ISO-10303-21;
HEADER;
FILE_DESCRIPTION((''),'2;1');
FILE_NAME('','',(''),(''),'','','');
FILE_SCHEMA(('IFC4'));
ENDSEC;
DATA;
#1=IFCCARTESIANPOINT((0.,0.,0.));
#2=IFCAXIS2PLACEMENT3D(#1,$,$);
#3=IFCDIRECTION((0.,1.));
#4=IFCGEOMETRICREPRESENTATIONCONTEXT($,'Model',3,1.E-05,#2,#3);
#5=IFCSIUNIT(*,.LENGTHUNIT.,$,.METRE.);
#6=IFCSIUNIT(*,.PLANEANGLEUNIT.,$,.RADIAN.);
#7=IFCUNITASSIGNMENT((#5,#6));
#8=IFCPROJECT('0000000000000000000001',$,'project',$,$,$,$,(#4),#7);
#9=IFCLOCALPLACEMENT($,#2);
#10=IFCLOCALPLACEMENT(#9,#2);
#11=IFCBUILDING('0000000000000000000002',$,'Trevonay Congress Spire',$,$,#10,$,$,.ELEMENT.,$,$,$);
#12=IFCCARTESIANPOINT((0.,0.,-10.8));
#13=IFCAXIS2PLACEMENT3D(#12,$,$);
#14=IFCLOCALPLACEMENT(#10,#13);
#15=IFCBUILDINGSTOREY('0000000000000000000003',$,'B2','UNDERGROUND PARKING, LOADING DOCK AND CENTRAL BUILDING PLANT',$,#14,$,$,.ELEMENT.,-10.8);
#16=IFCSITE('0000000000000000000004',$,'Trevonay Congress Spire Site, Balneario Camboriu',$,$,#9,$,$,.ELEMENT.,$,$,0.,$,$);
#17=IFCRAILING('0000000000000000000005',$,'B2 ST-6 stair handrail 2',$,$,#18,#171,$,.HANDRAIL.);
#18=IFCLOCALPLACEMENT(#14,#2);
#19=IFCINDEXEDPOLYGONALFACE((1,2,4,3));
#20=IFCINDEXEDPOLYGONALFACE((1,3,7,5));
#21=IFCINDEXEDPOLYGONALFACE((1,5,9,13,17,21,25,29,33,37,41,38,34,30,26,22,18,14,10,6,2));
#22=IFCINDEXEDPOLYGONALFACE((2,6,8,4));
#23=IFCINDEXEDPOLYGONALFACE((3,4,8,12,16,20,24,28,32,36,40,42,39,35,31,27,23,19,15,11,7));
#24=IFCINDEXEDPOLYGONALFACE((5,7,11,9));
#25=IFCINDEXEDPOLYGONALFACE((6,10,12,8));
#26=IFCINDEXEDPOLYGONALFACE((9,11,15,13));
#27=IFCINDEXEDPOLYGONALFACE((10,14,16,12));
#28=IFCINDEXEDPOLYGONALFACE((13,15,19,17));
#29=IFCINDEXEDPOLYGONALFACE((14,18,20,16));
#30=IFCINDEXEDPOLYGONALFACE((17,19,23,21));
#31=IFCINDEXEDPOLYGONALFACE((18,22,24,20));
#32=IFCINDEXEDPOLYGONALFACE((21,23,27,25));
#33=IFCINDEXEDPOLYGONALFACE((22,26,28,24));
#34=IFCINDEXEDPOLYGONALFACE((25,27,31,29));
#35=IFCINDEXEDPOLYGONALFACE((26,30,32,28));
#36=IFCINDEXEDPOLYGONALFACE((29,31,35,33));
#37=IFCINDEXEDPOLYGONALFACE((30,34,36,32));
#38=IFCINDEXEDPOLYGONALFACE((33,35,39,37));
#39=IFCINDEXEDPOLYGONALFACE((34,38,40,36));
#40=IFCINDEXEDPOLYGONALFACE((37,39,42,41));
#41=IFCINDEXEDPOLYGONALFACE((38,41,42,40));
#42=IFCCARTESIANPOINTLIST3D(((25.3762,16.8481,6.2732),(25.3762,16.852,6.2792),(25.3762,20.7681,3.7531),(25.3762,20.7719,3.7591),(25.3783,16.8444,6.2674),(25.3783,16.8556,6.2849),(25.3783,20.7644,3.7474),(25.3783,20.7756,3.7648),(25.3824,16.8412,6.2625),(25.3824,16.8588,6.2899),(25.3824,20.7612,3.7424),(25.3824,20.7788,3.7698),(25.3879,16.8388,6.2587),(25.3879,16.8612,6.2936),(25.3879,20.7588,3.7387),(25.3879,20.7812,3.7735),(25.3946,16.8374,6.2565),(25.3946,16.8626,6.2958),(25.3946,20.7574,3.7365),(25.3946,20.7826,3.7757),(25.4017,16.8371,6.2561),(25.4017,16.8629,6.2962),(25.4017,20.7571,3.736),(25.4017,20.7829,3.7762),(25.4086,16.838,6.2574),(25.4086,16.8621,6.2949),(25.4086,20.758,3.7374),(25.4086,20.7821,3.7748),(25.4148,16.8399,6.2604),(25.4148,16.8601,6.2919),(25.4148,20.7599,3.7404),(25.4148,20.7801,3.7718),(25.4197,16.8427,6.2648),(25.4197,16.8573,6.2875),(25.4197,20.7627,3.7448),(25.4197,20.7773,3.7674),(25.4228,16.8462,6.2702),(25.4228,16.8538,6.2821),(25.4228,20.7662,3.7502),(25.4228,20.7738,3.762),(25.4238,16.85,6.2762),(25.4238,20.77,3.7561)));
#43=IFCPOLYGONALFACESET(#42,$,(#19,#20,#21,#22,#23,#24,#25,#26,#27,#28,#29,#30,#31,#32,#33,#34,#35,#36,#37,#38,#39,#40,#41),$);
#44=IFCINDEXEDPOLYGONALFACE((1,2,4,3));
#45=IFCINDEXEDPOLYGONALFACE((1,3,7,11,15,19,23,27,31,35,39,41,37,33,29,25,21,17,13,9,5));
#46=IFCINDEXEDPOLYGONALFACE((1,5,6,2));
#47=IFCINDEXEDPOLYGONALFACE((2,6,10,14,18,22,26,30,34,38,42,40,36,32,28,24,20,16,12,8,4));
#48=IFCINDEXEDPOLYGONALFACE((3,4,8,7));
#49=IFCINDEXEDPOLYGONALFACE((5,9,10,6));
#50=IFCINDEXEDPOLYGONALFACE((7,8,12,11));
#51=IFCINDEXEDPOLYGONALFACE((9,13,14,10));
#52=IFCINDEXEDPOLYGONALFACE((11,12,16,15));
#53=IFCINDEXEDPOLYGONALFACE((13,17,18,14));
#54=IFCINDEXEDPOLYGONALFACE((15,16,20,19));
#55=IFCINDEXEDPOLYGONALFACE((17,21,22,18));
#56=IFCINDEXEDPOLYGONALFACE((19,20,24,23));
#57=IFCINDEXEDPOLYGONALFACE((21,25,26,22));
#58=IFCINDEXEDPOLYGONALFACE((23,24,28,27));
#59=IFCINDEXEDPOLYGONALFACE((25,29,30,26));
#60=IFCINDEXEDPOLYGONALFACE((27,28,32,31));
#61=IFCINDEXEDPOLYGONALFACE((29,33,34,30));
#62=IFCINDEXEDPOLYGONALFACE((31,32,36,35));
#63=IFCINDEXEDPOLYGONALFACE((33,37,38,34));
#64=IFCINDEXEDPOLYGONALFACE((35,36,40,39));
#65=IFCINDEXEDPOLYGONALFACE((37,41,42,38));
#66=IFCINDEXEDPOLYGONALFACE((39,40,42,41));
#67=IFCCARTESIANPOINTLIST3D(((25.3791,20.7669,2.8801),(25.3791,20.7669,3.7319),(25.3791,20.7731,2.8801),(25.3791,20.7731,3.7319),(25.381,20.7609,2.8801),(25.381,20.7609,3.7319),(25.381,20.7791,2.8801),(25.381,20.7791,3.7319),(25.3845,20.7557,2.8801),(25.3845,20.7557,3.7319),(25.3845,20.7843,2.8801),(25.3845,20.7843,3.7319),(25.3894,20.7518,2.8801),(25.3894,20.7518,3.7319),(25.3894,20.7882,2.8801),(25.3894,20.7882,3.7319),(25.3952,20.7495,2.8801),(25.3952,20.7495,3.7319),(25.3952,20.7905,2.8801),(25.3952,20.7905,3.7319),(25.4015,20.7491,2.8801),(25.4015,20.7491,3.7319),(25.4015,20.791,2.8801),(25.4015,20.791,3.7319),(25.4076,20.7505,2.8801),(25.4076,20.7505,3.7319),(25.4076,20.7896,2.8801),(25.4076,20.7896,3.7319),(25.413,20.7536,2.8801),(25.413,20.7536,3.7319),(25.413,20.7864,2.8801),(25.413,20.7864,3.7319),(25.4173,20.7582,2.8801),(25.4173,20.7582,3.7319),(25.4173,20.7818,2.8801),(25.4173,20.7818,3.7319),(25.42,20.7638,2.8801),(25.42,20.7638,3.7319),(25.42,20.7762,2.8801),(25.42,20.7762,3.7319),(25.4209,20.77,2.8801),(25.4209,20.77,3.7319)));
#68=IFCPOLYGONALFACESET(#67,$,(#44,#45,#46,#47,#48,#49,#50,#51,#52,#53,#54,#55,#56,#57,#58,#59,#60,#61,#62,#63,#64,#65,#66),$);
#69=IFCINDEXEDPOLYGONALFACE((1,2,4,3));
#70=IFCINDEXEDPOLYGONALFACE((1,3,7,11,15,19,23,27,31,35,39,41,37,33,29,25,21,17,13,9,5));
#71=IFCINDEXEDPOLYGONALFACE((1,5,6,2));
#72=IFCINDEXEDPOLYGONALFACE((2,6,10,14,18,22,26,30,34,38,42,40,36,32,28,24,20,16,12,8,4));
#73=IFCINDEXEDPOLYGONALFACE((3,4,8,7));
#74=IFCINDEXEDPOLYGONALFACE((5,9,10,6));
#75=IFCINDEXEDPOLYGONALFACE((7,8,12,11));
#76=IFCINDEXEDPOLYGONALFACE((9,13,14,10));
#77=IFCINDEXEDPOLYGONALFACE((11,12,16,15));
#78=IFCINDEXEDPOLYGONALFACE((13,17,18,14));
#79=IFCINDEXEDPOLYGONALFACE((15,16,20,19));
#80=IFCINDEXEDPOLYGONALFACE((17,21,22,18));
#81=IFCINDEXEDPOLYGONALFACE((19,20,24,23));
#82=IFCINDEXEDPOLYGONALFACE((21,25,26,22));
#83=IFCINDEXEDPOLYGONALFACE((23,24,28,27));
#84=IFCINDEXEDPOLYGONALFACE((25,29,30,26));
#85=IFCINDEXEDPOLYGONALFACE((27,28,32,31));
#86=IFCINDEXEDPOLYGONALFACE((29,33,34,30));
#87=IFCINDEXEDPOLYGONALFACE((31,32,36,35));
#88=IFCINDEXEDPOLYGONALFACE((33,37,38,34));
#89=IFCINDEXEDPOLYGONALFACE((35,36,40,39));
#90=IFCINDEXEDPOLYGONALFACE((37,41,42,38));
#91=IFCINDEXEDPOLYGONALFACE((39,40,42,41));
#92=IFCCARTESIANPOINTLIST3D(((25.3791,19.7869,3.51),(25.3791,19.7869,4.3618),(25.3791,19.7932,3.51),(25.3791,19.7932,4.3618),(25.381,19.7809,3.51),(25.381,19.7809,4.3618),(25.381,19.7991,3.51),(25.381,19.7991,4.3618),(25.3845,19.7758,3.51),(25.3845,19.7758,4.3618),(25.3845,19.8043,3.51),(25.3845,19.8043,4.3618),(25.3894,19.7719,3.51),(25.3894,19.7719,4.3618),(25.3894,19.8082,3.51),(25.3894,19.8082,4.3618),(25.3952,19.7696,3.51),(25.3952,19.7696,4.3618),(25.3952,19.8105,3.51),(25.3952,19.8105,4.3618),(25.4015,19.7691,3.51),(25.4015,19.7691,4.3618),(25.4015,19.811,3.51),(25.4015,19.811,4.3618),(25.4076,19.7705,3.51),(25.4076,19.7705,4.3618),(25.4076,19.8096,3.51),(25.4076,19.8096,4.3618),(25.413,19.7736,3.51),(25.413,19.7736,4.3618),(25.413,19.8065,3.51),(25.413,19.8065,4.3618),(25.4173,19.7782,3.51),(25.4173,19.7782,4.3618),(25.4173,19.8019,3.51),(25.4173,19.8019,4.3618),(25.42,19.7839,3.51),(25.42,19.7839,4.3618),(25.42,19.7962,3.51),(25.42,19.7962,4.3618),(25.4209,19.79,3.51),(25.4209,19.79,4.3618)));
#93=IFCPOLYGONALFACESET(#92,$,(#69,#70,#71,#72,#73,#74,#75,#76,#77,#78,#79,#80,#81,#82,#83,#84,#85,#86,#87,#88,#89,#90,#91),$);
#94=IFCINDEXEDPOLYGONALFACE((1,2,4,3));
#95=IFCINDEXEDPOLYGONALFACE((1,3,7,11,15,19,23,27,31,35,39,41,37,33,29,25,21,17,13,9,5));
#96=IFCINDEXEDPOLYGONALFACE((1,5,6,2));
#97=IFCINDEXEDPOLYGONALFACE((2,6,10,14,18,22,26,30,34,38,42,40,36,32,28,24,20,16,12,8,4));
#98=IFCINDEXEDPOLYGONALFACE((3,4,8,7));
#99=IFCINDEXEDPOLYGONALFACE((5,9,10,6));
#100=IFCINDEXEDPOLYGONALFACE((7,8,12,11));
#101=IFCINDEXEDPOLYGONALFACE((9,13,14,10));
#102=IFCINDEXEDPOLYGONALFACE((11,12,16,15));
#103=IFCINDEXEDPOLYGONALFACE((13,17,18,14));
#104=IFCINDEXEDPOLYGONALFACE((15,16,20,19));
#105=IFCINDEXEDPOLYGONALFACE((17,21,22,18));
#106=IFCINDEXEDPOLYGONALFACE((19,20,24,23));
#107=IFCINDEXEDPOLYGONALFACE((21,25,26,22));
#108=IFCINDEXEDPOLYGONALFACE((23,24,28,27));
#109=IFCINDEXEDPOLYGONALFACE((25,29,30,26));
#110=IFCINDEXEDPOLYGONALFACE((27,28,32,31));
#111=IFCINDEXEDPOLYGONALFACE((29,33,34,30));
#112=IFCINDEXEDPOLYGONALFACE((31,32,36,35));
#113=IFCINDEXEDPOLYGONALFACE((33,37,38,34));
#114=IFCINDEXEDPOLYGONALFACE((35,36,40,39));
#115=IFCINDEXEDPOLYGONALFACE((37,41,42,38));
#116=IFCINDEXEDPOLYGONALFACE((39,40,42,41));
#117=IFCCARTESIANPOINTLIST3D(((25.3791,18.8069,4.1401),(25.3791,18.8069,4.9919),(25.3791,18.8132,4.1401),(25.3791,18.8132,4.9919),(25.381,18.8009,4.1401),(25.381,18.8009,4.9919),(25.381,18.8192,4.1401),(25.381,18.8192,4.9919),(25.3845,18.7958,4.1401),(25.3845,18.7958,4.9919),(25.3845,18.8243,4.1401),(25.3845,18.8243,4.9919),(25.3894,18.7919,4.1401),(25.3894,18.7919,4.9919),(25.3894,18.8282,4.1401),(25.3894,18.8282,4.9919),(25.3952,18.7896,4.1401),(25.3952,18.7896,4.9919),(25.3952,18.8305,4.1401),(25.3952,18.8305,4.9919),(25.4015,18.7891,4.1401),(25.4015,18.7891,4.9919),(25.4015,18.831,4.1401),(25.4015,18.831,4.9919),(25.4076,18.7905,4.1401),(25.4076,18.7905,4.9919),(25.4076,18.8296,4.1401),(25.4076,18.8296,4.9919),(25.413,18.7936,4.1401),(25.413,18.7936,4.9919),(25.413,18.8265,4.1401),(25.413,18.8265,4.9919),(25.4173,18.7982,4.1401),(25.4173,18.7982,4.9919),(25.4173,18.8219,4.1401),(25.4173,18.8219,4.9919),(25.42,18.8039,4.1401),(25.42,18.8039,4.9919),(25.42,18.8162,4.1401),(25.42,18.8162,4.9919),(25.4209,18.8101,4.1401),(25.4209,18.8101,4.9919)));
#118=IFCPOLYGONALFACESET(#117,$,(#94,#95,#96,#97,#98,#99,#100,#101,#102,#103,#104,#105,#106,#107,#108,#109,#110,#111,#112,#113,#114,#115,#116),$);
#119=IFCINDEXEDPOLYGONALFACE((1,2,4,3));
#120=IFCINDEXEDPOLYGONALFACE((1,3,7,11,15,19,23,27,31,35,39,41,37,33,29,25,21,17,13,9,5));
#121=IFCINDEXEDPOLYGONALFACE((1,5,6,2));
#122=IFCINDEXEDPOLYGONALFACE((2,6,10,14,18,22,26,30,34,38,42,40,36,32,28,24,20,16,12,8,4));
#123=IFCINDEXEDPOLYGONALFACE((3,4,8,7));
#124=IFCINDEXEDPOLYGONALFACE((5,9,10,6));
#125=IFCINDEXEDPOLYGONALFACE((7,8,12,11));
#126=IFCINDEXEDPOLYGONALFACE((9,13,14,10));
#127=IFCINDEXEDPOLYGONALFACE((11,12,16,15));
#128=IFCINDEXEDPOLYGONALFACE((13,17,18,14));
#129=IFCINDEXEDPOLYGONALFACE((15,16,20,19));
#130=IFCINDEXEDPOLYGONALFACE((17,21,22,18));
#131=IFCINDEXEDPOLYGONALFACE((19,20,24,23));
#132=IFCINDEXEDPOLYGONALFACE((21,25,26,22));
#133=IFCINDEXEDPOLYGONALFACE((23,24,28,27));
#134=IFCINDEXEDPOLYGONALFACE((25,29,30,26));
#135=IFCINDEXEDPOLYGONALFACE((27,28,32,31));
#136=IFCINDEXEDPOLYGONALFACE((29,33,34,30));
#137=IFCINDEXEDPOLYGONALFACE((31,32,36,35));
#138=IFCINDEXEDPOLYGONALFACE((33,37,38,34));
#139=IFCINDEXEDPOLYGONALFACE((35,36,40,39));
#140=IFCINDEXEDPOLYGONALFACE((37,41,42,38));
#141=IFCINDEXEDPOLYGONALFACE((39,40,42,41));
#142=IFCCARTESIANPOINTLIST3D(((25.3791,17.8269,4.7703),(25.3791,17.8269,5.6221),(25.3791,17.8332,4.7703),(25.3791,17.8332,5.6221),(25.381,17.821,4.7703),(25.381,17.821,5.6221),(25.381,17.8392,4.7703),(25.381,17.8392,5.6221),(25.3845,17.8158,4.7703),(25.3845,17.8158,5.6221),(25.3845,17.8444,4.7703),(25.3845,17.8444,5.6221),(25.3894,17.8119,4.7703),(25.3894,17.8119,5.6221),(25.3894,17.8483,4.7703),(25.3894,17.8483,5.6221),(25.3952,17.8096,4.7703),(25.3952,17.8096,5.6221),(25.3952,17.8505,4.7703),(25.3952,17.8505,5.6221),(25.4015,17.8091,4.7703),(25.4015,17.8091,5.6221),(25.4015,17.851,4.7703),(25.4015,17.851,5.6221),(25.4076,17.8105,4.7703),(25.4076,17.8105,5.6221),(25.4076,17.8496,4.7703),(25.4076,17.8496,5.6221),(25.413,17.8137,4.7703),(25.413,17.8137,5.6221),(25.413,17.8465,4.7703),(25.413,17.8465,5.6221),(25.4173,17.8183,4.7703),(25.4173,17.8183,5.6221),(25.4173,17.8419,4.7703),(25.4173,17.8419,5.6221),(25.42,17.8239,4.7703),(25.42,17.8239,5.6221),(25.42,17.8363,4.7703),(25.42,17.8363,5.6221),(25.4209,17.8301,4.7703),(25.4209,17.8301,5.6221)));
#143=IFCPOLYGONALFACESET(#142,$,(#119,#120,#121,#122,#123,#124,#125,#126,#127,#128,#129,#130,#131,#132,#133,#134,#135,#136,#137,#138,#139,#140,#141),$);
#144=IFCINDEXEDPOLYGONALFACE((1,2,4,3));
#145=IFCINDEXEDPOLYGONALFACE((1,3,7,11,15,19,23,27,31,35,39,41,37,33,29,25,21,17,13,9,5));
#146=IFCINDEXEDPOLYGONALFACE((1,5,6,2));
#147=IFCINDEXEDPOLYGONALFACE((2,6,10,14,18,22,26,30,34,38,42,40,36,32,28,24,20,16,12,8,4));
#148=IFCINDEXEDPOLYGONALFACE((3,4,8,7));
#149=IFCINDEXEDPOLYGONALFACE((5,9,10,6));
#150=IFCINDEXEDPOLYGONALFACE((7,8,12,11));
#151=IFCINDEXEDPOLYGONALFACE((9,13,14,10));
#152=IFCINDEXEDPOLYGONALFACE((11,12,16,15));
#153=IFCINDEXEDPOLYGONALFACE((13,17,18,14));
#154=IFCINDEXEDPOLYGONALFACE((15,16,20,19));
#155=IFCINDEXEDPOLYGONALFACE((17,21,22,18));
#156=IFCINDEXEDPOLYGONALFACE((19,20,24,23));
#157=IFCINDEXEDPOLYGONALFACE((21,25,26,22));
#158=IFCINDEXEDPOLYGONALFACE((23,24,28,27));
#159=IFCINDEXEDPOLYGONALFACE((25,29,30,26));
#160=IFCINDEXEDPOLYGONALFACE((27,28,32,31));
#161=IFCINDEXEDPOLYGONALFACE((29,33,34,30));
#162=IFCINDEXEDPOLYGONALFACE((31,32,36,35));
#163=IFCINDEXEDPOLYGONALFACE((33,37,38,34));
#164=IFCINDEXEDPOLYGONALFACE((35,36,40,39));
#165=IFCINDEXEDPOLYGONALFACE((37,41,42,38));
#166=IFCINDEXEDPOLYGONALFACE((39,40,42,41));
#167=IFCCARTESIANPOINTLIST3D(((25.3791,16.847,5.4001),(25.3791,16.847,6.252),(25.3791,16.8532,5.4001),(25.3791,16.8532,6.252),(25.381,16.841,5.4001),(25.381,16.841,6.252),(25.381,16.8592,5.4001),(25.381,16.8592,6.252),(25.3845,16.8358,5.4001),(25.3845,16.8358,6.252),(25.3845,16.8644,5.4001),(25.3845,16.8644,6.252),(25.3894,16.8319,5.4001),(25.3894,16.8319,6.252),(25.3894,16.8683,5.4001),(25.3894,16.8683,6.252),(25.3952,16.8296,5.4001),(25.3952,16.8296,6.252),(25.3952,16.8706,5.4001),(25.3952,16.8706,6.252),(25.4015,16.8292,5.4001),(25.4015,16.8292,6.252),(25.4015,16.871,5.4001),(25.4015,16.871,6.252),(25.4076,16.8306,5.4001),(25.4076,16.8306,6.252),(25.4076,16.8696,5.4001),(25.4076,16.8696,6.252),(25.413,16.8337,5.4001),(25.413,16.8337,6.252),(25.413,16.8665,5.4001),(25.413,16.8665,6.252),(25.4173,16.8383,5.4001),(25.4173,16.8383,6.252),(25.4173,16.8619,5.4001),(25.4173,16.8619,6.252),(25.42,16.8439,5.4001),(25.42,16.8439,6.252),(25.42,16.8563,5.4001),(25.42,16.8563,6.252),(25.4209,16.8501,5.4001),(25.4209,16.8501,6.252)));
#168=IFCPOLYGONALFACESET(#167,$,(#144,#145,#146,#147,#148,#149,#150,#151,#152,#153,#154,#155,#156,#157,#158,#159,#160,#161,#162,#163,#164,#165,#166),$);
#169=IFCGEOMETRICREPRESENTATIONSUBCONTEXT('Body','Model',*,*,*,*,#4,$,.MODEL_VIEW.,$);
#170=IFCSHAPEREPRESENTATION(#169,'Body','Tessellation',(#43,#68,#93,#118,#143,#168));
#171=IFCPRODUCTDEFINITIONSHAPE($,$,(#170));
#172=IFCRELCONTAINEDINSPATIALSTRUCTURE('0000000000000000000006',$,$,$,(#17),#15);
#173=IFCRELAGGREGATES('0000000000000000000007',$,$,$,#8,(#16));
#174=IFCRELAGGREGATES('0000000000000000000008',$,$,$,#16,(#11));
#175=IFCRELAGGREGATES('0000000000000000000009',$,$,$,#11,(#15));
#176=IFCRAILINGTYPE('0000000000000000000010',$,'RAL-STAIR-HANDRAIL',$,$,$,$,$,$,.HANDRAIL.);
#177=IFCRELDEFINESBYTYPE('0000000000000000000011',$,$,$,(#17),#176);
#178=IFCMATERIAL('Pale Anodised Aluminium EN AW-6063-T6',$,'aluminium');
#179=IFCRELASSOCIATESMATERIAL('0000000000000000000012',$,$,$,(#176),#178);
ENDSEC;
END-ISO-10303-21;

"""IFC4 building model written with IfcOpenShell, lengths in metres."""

from ifc_helpers import new_model, si_unit, direction, frame, origin, origin_2d, place, context, subcontext, project, spatial, circle, extrude, material, type_object, element, save


model = new_model("IFC4")

# Units and contexts
model_context = context("Model", 3, precision=1e-05, world=origin(), true_north=direction((0.0, 1.0)))
body_context = subcontext(model_context, "Body", "Model", "MODEL_VIEW")
ifc_project = project(units=[si_unit("LENGTHUNIT", "METRE"), si_unit("PLANEANGLEUNIT", "RADIAN")], contexts=[model_context])

# Site, building, storey
site_placement = place(None, origin())
site = spatial("IfcSite", under=ifc_project, at=site_placement, Name="Trevonay Congress Spire Site, Balneario Camboriu", CompositionType="ELEMENT", RefElevation=0.0)
building_placement = place(site_placement, origin())
building = spatial("IfcBuilding", under=site, at=building_placement, Name="Trevonay Congress Spire", CompositionType="ELEMENT")
storey_placement = place(building_placement, frame((0.0, 0.0, -10.8)))
storey = spatial("IfcBuildingStorey", under=building, at=storey_placement, Name="B2", Description="UNDERGROUND PARKING, LOADING DOCK AND CENTRAL BUILDING PLANT", CompositionType="ELEMENT", Elevation=-10.8)

# Railing
ifc_material_1 = material(Name="Pale Anodised Aluminium EN AW-6063-T6", Category="aluminium")
railing_type_1 = type_object("IfcRailingType", Name="RAL-STAIR-HANDRAIL", PredefinedType="HANDRAIL", material=ifc_material_1)
railing_1_placement = place(storey_placement, frame((25.3999, 20.77, 2.8801)))
element("IfcRailing", 1, at=railing_1_placement, inside=storey, type_object=railing_type_1, Name="B2 ST-6 stair handrail 2", PredefinedType="HANDRAIL", context=body_context, shape_type="SweptSolid", body=[
    extrude(circle(Radius=0.0239, at=origin_2d()), frame((0.0, 0.0, 0.876), z_axis=(0.0, -0.841172, 0.540768), x_axis=(1.0, 0.0, 0.0)), (0.0, 0.0, 1.0), 4.6602),
    extrude(circle(Radius=0.021, at=origin_2d()), origin(), (0.0, 0.0, 1.0), 0.8518),
    extrude(circle(Radius=0.021, at=origin_2d()), frame((0.0, -0.98, 0.6299)), (0.0, 0.0, 1.0), 0.8518),
    extrude(circle(Radius=0.021, at=origin_2d()), frame((0.0, -1.96, 1.26)), (0.0, 0.0, 1.0), 0.8518),
    extrude(circle(Radius=0.021, at=origin_2d()), frame((0.0, -2.9399, 1.8901)), (0.0, 0.0, 1.0), 0.8518),
    extrude(circle(Radius=0.021, at=origin_2d()), frame((0.0, -3.9199, 2.52)), (0.0, 0.0, 1.0), 0.8518),
])

save(model, "model.ifc")
